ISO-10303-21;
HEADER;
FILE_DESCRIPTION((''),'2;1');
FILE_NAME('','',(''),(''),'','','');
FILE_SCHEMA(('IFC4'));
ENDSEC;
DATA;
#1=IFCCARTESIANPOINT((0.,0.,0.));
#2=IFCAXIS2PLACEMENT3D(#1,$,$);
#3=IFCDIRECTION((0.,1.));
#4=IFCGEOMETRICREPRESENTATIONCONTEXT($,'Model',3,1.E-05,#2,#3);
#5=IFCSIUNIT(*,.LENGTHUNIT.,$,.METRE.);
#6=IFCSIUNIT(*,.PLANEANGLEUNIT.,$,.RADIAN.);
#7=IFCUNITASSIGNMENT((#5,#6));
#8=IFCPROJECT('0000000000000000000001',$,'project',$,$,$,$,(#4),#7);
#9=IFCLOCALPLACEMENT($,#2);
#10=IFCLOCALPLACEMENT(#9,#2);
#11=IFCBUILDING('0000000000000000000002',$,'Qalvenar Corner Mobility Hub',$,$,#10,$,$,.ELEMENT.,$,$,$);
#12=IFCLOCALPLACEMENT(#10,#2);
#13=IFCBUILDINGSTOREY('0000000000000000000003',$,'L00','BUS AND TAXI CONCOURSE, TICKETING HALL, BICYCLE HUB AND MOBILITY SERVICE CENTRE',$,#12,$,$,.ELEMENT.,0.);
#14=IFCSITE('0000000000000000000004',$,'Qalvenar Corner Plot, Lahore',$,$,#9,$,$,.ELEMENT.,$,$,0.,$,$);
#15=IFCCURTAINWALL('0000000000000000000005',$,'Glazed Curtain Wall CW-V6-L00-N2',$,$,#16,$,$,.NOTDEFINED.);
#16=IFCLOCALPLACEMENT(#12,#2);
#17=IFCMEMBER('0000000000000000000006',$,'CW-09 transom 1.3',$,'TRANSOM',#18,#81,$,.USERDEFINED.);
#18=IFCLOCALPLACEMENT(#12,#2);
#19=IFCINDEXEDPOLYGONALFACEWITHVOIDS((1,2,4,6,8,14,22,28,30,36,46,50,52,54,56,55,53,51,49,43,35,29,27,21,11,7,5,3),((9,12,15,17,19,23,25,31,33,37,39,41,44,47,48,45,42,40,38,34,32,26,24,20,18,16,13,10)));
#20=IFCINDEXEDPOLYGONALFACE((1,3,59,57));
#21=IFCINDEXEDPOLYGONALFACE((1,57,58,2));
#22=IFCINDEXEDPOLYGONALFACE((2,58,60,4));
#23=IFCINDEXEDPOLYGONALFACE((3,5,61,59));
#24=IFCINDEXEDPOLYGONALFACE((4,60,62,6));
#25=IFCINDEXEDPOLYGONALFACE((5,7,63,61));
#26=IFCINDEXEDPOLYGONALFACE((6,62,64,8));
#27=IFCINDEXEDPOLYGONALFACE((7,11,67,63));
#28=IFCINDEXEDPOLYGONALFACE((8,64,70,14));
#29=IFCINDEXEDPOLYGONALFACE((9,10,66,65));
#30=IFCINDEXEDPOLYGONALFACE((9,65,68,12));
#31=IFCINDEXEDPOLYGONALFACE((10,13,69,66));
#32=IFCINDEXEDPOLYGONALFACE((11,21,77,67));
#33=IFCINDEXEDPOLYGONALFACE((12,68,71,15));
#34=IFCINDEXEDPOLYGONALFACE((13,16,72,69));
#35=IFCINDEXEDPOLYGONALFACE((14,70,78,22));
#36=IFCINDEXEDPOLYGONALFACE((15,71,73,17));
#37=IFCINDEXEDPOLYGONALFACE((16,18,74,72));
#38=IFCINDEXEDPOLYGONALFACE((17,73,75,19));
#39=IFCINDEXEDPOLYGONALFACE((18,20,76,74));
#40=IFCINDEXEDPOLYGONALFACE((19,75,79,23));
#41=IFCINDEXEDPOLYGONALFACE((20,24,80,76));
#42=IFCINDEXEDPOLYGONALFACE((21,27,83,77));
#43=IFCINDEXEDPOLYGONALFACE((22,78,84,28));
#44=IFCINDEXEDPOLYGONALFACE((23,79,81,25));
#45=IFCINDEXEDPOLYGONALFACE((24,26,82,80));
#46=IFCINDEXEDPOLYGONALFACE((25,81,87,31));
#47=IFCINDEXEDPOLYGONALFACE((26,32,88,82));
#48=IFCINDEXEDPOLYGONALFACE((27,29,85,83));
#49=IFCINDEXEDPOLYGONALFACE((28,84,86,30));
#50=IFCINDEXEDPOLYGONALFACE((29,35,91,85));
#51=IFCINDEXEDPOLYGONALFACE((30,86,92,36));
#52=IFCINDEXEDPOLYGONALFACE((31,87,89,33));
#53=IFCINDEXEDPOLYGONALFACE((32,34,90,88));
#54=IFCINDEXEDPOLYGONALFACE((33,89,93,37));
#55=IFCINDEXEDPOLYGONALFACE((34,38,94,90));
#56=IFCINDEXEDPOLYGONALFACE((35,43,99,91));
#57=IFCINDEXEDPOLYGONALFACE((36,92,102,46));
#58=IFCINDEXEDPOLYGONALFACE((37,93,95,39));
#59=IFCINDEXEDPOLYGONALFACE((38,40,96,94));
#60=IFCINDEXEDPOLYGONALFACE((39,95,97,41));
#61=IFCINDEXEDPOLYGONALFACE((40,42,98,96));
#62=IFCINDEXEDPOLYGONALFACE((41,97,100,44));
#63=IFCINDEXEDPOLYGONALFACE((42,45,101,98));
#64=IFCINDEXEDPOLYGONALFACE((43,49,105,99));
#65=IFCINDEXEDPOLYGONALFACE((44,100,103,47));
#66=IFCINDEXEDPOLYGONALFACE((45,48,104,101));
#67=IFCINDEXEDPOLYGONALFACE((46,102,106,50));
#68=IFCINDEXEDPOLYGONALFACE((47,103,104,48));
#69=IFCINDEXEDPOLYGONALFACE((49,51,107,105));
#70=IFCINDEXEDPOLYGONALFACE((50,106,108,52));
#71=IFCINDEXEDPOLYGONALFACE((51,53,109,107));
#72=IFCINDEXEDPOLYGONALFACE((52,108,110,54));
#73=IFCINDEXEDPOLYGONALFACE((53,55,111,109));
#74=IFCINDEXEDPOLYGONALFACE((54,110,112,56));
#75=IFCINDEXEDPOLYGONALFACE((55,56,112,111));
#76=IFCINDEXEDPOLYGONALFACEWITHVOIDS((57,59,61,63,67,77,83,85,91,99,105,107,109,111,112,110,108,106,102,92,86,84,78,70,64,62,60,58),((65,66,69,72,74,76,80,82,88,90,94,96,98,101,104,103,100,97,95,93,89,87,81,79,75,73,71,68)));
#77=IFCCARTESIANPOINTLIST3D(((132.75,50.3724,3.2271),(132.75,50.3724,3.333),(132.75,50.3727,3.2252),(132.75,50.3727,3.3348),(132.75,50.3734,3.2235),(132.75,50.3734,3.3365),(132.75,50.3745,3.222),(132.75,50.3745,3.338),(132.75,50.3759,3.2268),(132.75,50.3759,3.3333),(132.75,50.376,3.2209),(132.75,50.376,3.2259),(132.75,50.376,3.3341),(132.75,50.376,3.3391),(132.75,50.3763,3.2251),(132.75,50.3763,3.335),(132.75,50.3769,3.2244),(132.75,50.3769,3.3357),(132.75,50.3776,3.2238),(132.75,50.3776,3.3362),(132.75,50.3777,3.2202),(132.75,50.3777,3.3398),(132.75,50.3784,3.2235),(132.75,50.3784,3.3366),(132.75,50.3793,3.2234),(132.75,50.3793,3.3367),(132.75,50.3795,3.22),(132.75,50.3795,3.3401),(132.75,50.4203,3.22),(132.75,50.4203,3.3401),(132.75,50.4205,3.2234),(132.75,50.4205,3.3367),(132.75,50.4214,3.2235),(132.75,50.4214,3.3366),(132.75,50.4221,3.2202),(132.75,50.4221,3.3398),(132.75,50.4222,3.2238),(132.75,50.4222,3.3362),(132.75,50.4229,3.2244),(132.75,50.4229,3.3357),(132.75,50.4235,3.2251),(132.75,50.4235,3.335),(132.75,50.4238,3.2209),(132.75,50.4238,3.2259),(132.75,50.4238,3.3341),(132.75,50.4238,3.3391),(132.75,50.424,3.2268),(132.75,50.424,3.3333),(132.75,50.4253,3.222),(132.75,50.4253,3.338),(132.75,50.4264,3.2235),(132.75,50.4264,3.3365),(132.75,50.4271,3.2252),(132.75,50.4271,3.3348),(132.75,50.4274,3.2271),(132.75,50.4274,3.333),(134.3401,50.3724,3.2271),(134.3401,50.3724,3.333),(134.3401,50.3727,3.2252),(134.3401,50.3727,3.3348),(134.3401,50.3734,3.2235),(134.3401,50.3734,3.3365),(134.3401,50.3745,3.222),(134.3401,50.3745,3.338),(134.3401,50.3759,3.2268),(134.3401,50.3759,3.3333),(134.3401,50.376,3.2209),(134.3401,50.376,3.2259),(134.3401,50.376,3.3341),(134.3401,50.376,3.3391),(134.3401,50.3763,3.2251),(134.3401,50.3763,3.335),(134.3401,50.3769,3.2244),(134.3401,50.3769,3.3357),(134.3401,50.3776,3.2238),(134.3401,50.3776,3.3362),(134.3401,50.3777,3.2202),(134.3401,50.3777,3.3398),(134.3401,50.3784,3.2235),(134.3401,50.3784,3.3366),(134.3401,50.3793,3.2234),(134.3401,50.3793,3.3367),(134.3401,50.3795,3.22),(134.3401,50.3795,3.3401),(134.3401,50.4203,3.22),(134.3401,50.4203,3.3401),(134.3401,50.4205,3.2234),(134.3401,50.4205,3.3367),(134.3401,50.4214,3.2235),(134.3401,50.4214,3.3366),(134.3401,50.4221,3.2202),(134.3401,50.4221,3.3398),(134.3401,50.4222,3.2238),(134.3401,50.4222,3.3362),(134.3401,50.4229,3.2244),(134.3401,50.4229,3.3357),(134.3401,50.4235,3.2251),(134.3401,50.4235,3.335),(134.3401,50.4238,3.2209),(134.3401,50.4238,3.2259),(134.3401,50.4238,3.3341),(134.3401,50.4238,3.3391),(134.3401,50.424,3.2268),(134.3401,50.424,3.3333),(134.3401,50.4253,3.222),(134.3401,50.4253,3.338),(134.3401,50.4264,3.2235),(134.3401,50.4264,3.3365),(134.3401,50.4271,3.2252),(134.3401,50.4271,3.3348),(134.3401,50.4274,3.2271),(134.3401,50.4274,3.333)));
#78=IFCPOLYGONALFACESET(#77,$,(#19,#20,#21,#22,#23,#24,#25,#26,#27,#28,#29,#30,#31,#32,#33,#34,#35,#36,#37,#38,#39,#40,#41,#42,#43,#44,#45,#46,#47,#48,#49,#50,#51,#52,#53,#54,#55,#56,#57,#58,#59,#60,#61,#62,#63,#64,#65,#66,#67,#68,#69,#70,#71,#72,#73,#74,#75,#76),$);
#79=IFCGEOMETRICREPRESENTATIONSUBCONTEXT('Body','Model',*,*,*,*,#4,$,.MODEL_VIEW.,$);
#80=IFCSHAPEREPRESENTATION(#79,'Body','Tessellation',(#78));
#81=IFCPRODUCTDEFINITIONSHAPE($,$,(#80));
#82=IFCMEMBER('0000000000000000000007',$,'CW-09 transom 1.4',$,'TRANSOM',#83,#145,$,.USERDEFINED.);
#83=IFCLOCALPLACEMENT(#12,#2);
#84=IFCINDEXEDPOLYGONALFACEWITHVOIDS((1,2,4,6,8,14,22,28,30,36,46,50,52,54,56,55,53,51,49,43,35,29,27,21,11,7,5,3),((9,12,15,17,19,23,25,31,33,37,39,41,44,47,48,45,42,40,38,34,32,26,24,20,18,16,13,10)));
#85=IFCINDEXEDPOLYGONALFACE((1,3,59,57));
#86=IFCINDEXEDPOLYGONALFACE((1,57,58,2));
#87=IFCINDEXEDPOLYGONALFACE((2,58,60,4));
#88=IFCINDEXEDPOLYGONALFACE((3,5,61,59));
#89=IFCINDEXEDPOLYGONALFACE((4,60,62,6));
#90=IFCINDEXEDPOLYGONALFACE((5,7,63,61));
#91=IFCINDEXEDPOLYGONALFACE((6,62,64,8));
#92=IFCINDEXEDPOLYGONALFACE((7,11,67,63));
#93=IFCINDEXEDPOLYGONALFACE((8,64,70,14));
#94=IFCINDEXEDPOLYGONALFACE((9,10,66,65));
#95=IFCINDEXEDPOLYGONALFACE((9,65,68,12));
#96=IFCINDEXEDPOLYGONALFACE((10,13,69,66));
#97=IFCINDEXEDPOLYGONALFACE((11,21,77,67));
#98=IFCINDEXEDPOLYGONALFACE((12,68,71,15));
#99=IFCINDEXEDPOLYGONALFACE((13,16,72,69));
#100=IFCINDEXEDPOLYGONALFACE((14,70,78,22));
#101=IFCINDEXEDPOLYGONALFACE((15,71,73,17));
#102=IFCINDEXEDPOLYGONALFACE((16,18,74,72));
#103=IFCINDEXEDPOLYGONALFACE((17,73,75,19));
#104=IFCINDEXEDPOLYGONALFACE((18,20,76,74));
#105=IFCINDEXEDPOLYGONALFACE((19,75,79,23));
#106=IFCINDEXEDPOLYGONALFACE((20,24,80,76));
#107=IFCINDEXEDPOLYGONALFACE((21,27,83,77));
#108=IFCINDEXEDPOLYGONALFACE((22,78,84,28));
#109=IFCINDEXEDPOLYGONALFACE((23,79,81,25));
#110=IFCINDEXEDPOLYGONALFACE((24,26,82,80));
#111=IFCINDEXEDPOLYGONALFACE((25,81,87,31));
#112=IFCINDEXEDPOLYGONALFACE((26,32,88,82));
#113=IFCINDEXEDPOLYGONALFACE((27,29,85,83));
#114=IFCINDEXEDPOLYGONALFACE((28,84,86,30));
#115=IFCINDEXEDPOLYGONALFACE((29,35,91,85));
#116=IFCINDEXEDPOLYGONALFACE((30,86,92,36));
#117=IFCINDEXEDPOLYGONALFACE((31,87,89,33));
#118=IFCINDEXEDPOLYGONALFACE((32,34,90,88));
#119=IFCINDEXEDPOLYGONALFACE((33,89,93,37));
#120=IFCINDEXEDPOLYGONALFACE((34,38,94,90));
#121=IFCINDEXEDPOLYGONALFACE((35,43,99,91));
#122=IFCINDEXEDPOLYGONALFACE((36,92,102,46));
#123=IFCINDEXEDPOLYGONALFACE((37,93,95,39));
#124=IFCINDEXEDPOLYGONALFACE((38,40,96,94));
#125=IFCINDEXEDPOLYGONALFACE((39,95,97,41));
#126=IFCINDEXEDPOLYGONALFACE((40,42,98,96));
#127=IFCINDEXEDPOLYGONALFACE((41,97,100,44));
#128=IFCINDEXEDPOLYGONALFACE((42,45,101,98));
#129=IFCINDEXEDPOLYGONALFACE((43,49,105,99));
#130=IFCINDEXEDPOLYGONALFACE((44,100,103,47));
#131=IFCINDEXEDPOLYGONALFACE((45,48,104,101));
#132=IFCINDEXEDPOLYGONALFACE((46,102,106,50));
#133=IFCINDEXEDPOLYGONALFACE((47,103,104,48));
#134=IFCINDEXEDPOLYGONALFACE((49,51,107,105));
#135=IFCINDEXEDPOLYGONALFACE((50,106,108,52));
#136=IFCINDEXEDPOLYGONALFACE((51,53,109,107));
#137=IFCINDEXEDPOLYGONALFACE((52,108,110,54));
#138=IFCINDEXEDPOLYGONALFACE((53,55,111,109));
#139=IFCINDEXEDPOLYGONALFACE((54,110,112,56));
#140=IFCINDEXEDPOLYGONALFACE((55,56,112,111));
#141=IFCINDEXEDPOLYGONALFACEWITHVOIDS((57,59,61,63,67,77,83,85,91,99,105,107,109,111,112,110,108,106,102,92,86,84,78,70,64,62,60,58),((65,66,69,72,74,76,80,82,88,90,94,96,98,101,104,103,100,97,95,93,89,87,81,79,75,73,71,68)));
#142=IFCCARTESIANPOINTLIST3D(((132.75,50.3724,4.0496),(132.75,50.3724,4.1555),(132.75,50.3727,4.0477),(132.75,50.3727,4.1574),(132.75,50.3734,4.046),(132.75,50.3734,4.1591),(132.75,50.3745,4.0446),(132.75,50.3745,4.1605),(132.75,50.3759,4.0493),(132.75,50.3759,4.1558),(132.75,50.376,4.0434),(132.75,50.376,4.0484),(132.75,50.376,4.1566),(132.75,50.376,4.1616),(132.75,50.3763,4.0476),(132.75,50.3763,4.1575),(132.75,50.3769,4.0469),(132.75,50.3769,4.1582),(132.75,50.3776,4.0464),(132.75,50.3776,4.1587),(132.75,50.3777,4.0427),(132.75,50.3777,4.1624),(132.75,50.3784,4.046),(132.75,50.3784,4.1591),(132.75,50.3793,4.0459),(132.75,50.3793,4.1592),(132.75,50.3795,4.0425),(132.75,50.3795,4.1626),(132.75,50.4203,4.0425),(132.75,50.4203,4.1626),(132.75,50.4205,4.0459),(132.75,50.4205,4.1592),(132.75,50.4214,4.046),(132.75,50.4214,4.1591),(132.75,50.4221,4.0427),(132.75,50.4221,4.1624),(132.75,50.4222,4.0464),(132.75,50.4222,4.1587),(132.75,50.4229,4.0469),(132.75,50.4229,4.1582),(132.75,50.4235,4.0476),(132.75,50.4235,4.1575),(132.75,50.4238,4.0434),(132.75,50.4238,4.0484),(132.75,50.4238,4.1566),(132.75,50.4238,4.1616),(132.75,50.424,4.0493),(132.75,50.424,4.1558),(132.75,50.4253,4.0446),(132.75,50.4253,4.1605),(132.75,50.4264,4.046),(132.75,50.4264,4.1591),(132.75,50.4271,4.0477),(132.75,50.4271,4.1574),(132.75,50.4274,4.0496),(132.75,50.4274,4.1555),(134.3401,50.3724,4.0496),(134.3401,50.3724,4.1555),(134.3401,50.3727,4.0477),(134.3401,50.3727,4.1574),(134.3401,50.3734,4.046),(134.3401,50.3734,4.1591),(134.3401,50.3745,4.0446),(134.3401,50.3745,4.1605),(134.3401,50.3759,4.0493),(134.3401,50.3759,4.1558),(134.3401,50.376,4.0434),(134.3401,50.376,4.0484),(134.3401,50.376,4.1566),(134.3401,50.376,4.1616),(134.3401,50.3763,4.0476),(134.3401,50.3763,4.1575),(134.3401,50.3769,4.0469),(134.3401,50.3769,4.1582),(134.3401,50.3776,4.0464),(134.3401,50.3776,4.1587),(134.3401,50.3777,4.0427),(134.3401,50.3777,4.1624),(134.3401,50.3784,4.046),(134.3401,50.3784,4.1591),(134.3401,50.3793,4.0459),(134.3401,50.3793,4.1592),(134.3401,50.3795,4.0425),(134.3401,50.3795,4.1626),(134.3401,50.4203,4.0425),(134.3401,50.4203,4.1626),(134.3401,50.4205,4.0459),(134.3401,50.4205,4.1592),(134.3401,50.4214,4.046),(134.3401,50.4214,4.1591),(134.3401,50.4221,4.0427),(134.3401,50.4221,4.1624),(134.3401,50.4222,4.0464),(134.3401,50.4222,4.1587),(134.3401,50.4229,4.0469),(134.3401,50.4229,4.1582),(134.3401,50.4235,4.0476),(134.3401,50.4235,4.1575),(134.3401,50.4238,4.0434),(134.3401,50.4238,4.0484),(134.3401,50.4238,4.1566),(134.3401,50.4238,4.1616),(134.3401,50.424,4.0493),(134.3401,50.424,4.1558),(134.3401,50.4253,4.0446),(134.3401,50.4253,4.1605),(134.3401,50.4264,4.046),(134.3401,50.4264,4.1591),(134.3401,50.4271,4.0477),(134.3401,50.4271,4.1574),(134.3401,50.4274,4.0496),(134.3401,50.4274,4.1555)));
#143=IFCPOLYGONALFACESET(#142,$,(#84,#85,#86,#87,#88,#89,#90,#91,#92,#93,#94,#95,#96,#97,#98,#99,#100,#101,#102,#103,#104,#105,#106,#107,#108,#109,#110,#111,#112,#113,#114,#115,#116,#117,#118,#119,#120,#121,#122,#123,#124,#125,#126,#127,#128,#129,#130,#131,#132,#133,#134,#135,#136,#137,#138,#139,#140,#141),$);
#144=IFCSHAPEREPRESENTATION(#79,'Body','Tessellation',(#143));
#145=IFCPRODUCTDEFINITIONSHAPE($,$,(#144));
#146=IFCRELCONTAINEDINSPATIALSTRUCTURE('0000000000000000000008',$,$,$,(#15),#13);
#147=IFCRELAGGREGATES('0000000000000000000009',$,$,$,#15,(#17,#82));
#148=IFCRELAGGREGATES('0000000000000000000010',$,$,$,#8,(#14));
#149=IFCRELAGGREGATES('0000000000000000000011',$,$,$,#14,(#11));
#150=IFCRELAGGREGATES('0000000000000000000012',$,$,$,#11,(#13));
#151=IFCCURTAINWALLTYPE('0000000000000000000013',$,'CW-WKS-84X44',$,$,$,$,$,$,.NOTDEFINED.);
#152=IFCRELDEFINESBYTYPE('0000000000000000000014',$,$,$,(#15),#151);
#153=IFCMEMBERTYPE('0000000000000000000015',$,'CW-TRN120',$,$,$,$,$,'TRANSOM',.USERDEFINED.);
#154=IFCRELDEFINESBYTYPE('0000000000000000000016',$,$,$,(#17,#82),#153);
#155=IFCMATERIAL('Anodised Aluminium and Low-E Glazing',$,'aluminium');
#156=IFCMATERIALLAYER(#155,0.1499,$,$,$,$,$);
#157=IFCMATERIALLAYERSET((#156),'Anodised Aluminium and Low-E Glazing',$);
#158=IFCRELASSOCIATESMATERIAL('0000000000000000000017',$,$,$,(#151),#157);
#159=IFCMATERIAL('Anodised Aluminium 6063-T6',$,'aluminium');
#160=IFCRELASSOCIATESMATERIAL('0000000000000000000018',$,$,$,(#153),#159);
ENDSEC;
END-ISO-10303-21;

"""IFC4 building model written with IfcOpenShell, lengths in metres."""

from ifc_helpers import new_model, si_unit, direction, frame, origin, origin_2d, place, context, subcontext, project, spatial, hollow_rectangle, extrude, material, layer, layer_set, material_profile, profile_set, type_object, element, aggregate, save


model = new_model("IFC4")

# Units and contexts
model_context = context("Model", 3, precision=1e-05, world=origin(), true_north=direction((0.0, 1.0)))
body_context = subcontext(model_context, "Body", "Model", "MODEL_VIEW")
ifc_project = project(units=[si_unit("LENGTHUNIT", "METRE"), si_unit("PLANEANGLEUNIT", "RADIAN")], contexts=[model_context])

# Site, building, storey
site_placement = place(None, origin())
site = spatial("IfcSite", under=ifc_project, at=site_placement, Name="Qalvenar Corner Plot, Lahore", CompositionType="ELEMENT", RefElevation=0.0)
building_placement = place(site_placement, origin())
building = spatial("IfcBuilding", under=site, at=building_placement, Name="Qalvenar Corner Mobility Hub", CompositionType="ELEMENT")
storey_placement = place(building_placement, origin())
storey = spatial("IfcBuildingStorey", under=building, at=storey_placement, Name="L00", Description="BUS AND TAXI CONCOURSE, TICKETING HALL, BICYCLE HUB AND MOBILITY SERVICE CENTRE", CompositionType="ELEMENT", Elevation=0.0)

# Curtain wall
ifc_material_1 = material(Name="Anodised Aluminium and Low-E Glazing", Category="aluminium")
ifc_layer_1 = layer(ifc_material_1, 0.1499)
ifc_layer_set_1 = layer_set([ifc_layer_1], Name="Anodised Aluminium and Low-E Glazing")
curtain_wall_type = type_object("IfcCurtainWallType", Name="CW-WKS-84X44", PredefinedType="NOTDEFINED", material=ifc_layer_set_1)
curtain_wall_1_placement = place(storey_placement, origin())
curtain_wall_1 = element("IfcCurtainWall", 1, at=curtain_wall_1_placement, inside=storey, type_object=curtain_wall_type, Name="Glazed Curtain Wall CW-V6-L00-N2", PredefinedType="NOTDEFINED")
ifc_material_2 = material(Name="Anodised Aluminium 6063-T6", Category="aluminium")

# Members
ifc_material_profile_1 = material_profile(ifc_material_2, hollow_rectangle(XDim=0.0549, YDim=0.1201, WallThickness=0.0034, InnerFilletRadius=0.0034, OuterFilletRadius=0.0071, at=origin_2d()), Name="RHS120x55x3.5")
ifc_profile_set_1 = profile_set([ifc_material_profile_1], Name="Anodised Aluminium 6063-T6")
member_type_1 = type_object("IfcMemberType", Name="CW-TRN120", ElementType="TRANSOM", PredefinedType="USERDEFINED", material=ifc_profile_set_1)
member_1_placement = place(storey_placement, frame((134.3401, 50.3999, 3.28), z_axis=(-1.0, 0.0, 0.0), x_axis=(0.0, -1.0, 0.0)))
member_1 = element("IfcMember", 2, at=member_1_placement, type_object=member_type_1, Name="CW-09 transom 1.3", ObjectType="TRANSOM", PredefinedType="USERDEFINED", context=body_context, shape_type="SweptSolid", body=[
    extrude(hollow_rectangle(XDim=0.0549, YDim=0.1201, WallThickness=0.0034, InnerFilletRadius=0.0034, OuterFilletRadius=0.0071, at=origin_2d()), origin(), (0.0, 0.0, 1.0), 1.5901),
])
member_2_placement = place(storey_placement, frame((134.3401, 50.3999, 4.1025), z_axis=(-1.0, 0.0, 0.0), x_axis=(0.0, -1.0, 0.0)))
member_2 = element("IfcMember", 3, at=member_2_placement, type_object=member_type_1, Name="CW-09 transom 1.4", ObjectType="TRANSOM", PredefinedType="USERDEFINED", context=body_context, shape_type="SweptSolid", body=[
    extrude(hollow_rectangle(XDim=0.0549, YDim=0.1201, WallThickness=0.0034, InnerFilletRadius=0.0034, OuterFilletRadius=0.0071, at=origin_2d()), origin(), (0.0, 0.0, 1.0), 1.5901),
])
aggregate(curtain_wall_1, [member_1, member_2])

save(model, "model.ifc")
